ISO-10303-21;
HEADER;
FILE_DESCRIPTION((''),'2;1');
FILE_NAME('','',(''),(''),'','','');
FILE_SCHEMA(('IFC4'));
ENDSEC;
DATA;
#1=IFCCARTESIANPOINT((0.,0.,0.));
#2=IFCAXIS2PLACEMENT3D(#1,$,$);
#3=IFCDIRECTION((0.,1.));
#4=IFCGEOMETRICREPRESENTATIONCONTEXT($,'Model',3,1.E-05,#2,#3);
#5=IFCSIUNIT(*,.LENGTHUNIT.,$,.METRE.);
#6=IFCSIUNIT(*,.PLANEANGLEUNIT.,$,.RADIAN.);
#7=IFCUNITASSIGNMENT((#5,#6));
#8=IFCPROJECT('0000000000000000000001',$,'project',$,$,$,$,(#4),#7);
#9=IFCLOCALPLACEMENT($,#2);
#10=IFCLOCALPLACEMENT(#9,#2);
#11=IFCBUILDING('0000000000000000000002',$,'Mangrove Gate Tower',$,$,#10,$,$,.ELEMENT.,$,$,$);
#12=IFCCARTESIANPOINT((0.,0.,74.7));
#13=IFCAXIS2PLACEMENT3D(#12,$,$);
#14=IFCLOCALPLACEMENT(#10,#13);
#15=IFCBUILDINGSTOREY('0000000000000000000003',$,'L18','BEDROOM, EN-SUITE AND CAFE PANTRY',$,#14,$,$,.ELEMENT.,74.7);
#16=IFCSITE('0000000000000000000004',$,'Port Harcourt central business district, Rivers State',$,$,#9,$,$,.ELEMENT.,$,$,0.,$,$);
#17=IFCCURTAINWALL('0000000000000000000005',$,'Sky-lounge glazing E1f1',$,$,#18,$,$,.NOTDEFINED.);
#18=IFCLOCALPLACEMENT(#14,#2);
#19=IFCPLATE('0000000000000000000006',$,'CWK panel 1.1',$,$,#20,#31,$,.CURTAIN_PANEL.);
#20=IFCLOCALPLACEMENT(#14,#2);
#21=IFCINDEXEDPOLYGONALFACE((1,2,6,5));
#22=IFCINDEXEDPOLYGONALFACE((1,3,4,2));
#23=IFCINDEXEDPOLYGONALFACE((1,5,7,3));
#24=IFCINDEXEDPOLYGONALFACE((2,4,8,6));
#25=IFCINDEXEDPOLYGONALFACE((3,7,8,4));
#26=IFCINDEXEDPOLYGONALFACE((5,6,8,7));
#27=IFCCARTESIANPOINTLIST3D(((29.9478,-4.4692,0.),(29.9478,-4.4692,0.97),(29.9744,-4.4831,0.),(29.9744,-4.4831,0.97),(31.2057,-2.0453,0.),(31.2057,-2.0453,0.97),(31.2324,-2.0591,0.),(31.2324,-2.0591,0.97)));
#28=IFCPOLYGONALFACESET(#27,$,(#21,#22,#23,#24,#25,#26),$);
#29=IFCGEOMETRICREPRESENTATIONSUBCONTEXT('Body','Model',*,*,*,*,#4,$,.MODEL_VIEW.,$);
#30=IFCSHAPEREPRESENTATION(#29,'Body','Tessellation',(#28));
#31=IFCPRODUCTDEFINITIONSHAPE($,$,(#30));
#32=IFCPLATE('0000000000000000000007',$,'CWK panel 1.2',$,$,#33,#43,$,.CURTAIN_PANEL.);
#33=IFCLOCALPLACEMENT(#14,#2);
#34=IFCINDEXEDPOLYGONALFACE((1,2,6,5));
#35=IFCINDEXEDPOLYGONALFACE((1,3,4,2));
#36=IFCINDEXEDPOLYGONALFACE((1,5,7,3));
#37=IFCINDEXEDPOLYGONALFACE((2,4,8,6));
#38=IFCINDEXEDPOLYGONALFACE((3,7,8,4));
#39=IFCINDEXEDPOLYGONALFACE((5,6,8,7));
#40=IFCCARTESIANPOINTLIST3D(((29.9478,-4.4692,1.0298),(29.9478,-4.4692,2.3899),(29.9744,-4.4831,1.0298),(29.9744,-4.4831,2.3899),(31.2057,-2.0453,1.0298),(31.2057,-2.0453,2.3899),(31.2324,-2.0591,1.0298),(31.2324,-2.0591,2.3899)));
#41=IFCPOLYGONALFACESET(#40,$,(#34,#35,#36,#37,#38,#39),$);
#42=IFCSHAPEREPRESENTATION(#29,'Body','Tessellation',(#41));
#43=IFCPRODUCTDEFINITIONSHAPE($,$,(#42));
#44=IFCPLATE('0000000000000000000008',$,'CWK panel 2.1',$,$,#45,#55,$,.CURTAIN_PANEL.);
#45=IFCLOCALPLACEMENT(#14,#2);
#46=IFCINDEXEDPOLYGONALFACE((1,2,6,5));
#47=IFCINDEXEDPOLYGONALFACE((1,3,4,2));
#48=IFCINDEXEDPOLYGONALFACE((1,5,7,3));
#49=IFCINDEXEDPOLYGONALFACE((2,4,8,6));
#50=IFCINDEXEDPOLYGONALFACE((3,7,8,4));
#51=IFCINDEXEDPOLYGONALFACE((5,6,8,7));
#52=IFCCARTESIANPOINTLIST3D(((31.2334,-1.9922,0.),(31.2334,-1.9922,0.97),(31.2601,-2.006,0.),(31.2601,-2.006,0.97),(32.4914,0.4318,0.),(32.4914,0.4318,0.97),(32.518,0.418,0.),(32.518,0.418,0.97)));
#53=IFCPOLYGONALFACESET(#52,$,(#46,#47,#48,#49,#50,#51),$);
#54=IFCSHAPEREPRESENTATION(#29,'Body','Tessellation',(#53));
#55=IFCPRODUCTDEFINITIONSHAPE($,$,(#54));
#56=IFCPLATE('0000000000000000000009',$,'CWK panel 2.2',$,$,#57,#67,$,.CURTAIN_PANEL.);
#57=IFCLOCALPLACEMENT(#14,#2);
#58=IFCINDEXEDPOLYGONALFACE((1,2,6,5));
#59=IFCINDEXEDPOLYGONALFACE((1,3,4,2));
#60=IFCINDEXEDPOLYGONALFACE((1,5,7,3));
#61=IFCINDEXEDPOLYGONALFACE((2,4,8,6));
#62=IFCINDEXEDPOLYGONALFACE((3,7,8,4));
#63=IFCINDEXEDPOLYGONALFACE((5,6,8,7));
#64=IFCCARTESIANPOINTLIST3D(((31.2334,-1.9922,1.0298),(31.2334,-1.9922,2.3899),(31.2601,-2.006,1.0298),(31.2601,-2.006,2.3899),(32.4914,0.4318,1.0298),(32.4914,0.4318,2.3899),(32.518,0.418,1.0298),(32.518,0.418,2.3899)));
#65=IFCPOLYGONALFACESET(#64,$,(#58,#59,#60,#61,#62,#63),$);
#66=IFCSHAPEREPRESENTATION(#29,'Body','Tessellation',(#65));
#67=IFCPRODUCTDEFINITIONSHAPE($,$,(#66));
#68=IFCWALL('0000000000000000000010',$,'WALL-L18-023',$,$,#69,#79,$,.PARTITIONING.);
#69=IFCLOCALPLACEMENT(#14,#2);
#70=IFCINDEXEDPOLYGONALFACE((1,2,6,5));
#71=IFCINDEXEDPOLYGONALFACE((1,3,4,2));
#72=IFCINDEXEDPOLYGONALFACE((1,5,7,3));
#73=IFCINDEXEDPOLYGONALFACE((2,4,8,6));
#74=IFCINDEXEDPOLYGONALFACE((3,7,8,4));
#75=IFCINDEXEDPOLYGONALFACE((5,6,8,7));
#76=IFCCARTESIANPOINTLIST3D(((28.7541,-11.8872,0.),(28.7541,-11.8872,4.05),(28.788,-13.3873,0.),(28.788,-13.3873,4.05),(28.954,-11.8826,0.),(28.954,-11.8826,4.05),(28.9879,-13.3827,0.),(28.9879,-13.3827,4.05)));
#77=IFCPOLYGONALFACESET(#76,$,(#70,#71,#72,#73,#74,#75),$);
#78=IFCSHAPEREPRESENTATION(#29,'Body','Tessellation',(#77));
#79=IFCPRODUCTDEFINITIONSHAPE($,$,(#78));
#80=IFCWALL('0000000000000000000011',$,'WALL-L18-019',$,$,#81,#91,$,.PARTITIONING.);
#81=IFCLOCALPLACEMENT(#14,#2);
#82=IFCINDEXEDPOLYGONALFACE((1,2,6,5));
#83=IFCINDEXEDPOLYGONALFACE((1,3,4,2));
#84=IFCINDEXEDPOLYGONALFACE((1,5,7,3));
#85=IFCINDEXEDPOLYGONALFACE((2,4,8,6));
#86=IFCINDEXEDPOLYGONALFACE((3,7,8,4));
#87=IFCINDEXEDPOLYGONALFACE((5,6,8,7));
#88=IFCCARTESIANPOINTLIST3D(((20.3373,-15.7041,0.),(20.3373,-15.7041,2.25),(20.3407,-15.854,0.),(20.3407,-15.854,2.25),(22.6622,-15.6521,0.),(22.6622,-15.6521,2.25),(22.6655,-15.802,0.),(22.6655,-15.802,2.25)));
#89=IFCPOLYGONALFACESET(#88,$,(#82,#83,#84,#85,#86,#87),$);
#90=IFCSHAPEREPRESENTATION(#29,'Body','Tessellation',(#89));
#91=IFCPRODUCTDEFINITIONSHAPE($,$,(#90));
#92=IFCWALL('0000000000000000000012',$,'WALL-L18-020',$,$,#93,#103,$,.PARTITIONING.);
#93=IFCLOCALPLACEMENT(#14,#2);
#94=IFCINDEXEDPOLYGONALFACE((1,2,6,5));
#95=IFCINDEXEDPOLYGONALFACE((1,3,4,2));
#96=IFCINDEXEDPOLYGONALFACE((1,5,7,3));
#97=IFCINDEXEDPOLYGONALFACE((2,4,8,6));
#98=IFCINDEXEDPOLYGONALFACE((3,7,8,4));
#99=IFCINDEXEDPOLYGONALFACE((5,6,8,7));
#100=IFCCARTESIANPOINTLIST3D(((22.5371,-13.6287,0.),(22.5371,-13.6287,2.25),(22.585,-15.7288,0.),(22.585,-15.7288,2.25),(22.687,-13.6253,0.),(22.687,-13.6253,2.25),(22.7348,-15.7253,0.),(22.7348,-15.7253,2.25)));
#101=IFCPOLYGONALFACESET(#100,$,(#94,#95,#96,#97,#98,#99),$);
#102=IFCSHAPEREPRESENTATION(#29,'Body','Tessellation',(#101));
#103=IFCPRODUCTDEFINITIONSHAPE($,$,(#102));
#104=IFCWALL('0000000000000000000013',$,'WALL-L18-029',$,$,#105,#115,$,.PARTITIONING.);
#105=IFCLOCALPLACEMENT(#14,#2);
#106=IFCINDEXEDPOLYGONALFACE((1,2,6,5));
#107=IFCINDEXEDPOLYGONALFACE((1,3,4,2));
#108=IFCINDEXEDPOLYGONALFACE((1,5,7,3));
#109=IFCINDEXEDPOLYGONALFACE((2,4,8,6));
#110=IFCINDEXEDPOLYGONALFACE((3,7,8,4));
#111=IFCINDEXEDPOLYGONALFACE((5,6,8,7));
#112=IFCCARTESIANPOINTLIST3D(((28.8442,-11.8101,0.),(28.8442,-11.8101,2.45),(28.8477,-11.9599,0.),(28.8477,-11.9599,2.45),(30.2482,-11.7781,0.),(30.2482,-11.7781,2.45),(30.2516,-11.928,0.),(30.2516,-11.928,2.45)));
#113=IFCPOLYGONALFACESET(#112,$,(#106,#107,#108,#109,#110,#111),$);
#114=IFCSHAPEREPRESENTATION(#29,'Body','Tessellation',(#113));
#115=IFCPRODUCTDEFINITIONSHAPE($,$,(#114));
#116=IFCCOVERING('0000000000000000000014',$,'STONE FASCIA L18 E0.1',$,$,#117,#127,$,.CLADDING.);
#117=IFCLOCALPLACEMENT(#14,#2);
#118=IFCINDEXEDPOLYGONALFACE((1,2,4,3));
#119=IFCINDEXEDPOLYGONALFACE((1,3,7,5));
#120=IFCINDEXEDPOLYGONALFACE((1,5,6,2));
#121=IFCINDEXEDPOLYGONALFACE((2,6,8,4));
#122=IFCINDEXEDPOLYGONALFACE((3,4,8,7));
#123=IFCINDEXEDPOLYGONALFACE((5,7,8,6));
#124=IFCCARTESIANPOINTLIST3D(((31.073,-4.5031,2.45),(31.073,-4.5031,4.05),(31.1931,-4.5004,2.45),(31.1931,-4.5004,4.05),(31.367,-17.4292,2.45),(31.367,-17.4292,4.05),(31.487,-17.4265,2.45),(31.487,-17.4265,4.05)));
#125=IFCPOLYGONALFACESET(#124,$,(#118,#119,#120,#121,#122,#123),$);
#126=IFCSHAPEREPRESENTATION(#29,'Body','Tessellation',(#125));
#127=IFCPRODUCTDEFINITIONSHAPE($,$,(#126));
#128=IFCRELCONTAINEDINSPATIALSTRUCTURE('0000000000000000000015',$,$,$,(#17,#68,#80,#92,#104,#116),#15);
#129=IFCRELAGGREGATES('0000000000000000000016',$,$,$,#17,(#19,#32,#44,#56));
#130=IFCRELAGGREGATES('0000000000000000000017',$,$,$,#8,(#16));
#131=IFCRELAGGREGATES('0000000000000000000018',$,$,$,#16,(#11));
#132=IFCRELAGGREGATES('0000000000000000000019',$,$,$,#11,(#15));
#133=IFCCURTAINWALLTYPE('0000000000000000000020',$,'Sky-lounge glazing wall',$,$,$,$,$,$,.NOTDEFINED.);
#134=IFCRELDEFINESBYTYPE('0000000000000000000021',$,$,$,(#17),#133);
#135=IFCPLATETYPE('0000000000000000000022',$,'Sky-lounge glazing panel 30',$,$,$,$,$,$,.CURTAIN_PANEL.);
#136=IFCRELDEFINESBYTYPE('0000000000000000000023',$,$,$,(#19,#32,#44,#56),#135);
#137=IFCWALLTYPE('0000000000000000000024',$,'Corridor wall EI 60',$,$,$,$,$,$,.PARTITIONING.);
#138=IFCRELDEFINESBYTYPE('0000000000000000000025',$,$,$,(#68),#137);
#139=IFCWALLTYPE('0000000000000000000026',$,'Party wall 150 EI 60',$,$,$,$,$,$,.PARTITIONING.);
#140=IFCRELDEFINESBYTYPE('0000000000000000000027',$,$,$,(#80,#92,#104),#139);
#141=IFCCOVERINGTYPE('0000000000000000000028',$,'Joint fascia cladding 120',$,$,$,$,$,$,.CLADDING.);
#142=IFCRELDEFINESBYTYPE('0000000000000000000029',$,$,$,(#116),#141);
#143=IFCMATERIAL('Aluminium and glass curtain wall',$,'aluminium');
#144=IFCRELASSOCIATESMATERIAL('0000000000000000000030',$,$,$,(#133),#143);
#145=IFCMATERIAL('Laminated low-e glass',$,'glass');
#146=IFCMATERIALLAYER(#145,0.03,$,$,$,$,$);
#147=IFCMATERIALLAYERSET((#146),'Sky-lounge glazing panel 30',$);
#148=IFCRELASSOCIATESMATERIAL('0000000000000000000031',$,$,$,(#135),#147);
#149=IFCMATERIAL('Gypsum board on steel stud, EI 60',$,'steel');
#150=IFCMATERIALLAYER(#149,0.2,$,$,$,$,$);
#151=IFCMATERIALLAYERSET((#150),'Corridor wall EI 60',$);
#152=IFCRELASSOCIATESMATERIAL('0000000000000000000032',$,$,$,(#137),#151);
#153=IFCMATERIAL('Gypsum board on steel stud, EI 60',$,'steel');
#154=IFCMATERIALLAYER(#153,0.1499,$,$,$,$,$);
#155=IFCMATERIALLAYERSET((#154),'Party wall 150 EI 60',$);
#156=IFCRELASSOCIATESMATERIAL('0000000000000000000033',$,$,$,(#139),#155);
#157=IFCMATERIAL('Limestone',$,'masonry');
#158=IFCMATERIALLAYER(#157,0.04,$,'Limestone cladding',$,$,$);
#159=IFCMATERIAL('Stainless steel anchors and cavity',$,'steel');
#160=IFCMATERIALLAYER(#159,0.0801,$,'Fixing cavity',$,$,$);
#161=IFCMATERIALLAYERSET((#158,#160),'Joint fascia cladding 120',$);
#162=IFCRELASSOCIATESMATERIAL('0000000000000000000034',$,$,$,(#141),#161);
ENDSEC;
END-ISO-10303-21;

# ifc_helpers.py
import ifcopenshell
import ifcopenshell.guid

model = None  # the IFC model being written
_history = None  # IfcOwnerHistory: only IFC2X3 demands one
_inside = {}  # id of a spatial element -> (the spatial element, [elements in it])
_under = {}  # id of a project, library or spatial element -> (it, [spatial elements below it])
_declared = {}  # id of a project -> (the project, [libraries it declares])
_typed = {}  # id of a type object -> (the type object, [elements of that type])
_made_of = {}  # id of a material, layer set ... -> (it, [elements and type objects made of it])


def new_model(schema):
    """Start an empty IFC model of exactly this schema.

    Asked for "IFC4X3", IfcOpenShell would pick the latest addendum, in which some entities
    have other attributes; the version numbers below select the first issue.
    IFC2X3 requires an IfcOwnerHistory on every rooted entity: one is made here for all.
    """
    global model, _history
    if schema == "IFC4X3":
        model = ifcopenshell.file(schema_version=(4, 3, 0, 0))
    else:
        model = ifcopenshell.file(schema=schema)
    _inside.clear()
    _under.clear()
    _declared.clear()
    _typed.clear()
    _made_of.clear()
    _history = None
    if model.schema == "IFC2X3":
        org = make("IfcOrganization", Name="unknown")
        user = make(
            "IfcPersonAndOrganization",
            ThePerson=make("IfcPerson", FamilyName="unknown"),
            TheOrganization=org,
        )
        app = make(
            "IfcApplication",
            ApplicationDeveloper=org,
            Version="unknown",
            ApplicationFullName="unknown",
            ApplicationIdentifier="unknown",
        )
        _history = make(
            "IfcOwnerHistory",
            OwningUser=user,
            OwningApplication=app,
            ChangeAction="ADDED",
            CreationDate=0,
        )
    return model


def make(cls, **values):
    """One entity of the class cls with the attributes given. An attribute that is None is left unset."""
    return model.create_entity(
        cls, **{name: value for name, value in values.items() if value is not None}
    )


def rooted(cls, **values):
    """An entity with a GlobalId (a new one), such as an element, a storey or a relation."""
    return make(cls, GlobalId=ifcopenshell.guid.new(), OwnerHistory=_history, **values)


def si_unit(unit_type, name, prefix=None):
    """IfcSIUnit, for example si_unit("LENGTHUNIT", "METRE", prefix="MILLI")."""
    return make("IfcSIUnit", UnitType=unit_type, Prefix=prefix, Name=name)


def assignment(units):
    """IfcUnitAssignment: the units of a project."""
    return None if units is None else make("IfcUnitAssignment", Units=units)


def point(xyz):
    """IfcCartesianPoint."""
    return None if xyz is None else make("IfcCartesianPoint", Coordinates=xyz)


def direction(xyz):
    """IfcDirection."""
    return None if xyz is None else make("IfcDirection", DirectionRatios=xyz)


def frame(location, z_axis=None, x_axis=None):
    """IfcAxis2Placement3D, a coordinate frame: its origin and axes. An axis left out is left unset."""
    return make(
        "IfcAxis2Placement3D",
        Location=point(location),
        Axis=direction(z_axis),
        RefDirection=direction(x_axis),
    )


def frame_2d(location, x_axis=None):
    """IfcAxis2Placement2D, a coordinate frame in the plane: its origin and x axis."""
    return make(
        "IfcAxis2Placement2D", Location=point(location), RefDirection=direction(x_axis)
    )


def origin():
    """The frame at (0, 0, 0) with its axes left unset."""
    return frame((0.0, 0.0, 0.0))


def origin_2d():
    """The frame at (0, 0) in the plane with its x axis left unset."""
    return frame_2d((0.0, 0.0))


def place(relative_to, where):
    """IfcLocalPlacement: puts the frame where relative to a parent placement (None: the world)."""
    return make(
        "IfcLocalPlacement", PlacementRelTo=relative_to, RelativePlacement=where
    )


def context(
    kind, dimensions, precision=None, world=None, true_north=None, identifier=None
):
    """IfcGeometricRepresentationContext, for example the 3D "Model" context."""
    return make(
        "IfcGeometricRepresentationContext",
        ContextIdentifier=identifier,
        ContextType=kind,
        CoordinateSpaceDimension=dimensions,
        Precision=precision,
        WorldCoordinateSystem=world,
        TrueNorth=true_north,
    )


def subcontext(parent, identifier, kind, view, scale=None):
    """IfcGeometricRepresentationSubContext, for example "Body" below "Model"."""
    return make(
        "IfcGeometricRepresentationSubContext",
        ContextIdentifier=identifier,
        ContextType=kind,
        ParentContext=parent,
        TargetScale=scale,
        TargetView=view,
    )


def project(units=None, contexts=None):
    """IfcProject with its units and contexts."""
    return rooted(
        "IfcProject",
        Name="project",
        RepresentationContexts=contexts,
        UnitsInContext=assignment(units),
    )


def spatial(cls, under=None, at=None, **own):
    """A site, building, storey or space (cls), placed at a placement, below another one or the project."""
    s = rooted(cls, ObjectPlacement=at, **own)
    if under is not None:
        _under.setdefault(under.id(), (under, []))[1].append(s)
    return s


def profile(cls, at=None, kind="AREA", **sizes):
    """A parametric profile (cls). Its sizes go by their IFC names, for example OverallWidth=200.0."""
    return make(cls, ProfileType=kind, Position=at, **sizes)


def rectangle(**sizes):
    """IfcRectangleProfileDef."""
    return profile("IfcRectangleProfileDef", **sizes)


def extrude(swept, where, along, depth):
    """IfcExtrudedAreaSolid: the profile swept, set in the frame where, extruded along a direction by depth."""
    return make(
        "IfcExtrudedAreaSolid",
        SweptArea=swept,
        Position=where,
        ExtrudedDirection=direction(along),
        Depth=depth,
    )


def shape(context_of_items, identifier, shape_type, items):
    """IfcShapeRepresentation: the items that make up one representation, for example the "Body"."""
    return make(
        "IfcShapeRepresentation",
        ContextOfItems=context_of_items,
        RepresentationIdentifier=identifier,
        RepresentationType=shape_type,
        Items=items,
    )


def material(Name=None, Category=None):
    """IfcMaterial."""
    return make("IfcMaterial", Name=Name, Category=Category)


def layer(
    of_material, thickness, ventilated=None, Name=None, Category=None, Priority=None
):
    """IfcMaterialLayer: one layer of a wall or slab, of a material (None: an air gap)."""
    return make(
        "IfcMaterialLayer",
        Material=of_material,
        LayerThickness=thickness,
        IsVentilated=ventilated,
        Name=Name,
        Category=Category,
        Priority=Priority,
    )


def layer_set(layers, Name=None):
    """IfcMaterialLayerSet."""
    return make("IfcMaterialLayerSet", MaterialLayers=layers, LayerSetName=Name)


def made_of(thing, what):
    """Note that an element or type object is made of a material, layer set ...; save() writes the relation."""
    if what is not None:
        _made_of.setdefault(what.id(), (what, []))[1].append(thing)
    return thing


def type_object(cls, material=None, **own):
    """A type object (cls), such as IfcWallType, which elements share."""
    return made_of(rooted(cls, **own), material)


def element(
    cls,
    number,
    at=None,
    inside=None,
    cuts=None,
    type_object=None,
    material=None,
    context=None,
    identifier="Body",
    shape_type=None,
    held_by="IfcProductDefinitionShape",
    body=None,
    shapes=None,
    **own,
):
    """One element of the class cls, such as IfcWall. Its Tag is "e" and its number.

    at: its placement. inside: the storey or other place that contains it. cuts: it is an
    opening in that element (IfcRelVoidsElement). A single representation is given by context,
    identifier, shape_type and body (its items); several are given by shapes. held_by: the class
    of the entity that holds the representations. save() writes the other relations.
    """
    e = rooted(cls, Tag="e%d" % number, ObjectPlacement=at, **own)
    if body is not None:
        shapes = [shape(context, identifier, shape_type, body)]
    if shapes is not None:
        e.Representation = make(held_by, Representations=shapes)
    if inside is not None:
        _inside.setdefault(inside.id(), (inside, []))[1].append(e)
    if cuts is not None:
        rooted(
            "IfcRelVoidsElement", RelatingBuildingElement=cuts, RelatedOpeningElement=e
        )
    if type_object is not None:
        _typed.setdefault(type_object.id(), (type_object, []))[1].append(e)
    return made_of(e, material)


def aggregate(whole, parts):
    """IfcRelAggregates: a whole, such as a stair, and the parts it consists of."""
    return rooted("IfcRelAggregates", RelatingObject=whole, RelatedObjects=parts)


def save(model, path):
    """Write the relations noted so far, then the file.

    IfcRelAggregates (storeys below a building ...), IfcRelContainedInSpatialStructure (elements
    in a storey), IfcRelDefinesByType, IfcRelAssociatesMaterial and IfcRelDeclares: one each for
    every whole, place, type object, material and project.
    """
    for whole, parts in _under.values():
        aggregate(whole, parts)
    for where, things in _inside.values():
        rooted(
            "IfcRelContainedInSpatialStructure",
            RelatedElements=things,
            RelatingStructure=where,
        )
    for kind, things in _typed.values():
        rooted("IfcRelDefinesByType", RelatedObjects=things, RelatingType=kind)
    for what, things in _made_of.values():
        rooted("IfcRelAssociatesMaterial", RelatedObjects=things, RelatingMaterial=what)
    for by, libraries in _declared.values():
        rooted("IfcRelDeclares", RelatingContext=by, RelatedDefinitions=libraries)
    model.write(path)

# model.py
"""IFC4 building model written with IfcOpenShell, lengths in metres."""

from ifc_helpers import new_model, si_unit, direction, frame, frame_2d, origin, origin_2d, place, context, subcontext, project, spatial, rectangle, extrude, material, layer, layer_set, type_object, element, aggregate, save


model = new_model("IFC4")

# Units and contexts
model_context = context("Model", 3, precision=1e-05, world=origin(), true_north=direction((0.0, 1.0)))
body_context = subcontext(model_context, "Body", "Model", "MODEL_VIEW")
ifc_project = project(units=[si_unit("LENGTHUNIT", "METRE"), si_unit("PLANEANGLEUNIT", "RADIAN")], contexts=[model_context])

# Site, building, storey
site_placement = place(None, origin())
site = spatial("IfcSite", under=ifc_project, at=site_placement, Name="Port Harcourt central business district, Rivers State", CompositionType="ELEMENT", RefElevation=0.0)
building_placement = place(site_placement, origin())
building = spatial("IfcBuilding", under=site, at=building_placement, Name="Mangrove Gate Tower", CompositionType="ELEMENT")
storey_placement = place(building_placement, frame((0.0, 0.0, 74.7)))
storey = spatial("IfcBuildingStorey", under=building, at=storey_placement, Name="L18", Description="BEDROOM, EN-SUITE AND CAFE PANTRY", CompositionType="ELEMENT", Elevation=74.7)

# Curtain wall
ifc_material_1 = material(Name="Aluminium and glass curtain wall", Category="aluminium")
curtain_wall_type = type_object("IfcCurtainWallType", Name="Sky-lounge glazing wall", PredefinedType="NOTDEFINED", material=ifc_material_1)
curtain_wall_placement = place(storey_placement, origin())
curtain_wall = element("IfcCurtainWall", 1, at=curtain_wall_placement, inside=storey, type_object=curtain_wall_type, Name="Sky-lounge glazing E1f1", PredefinedType="NOTDEFINED")

# Plates
ifc_material_2 = material(Name="Laminated low-e glass", Category="glass")
ifc_layer_1 = layer(ifc_material_2, 0.03)
ifc_layer_set_1 = layer_set([ifc_layer_1], Name="Sky-lounge glazing panel 30")
plate_type = type_object("IfcPlateType", Name="Sky-lounge glazing panel 30", PredefinedType="CURTAIN_PANEL", material=ifc_layer_set_1)
plate_1_placement = place(storey_placement, frame((30.5901, -3.2642, 0.0), z_axis=(0.0, 0.0, 1.0), x_axis=(0.460628, 0.887593, 0.0)))
plate_1 = element("IfcPlate", 2, at=plate_1_placement, type_object=plate_type, Name="CWK panel 1.1", PredefinedType="CURTAIN_PANEL", context=body_context, shape_type="SweptSolid", body=[
    extrude(rectangle(XDim=2.731, YDim=0.03, at=origin_2d()), origin(), (0.0, 0.0, 1.0), 0.97),
])
plate_2_placement = place(storey_placement, frame((30.5901, -3.2642, 1.0298), z_axis=(0.0, 0.0, 1.0), x_axis=(0.460628, 0.887593, 0.0)))
plate_2 = element("IfcPlate", 3, at=plate_2_placement, type_object=plate_type, Name="CWK panel 1.2", PredefinedType="CURTAIN_PANEL", context=body_context, shape_type="SweptSolid", body=[
    extrude(rectangle(XDim=2.731, YDim=0.03, at=origin_2d()), origin(), (0.0, 0.0, 1.0), 1.3601),
])
plate_3_placement = place(storey_placement, frame((31.8757, -0.7871, 0.0), z_axis=(0.0, 0.0, 1.0), x_axis=(0.460628, 0.887593, 0.0)))
plate_3 = element("IfcPlate", 4, at=plate_3_placement, type_object=plate_type, Name="CWK panel 2.1", PredefinedType="CURTAIN_PANEL", context=body_context, shape_type="SweptSolid", body=[
    extrude(rectangle(XDim=2.731, YDim=0.03, at=origin_2d()), origin(), (0.0, 0.0, 1.0), 0.97),
])
plate_4_placement = place(storey_placement, frame((31.8757, -0.7871, 1.0298), z_axis=(0.0, 0.0, 1.0), x_axis=(0.460628, 0.887593, 0.0)))
plate_4 = element("IfcPlate", 5, at=plate_4_placement, type_object=plate_type, Name="CWK panel 2.2", PredefinedType="CURTAIN_PANEL", context=body_context, shape_type="SweptSolid", body=[
    extrude(rectangle(XDim=2.731, YDim=0.03, at=origin_2d()), origin(), (0.0, 0.0, 1.0), 1.3601),
])
aggregate(curtain_wall, [plate_1, plate_2, plate_3, plate_4])

# Wall
ifc_material_3 = material(Name="Gypsum board on steel stud, EI 60", Category="steel")
ifc_layer_2 = layer(ifc_material_3, 0.2)
ifc_layer_set_2 = layer_set([ifc_layer_2], Name="Corridor wall EI 60")
wall_type_1 = type_object("IfcWallType", Name="Corridor wall EI 60", PredefinedType="PARTITIONING", material=ifc_layer_set_2)
wall_1_placement = place(storey_placement, frame((28.8879, -13.385, 0.0), z_axis=(0.0, 0.0, 1.0), x_axis=(-0.022618, 0.999744, 0.0)))
element("IfcWall", 6, at=wall_1_placement, inside=storey, type_object=wall_type_1, Name="WALL-L18-023", PredefinedType="PARTITIONING", context=body_context, shape_type="SweptSolid", body=[
    extrude(rectangle(XDim=1.5005, YDim=0.2, at=frame_2d((0.7502, 0.0))), origin(), (0.0, 0.0, 1.0), 4.05),
])

# Shared definitions
ifc_material_4 = material(Name="Limestone", Category="masonry")

# Walls
ifc_material_5 = material(Name="Gypsum board on steel stud, EI 60", Category="steel")
ifc_layer_3 = layer(ifc_material_5, 0.1499)
ifc_layer_set_3 = layer_set([ifc_layer_3], Name="Party wall 150 EI 60")
wall_type_2 = type_object("IfcWallType", Name="Party wall 150 EI 60", PredefinedType="PARTITIONING", material=ifc_layer_set_3)
wall_2_placement = place(storey_placement, frame((20.3391, -15.7791, 0.0), z_axis=(0.0, 0.0, 1.0), x_axis=(0.99975, 0.022361, 0.0)))
element("IfcWall", 7, at=wall_2_placement, inside=storey, type_object=wall_type_2, Name="WALL-L18-019", PredefinedType="PARTITIONING", context=body_context, shape_type="SweptSolid", body=[
    extrude(rectangle(XDim=2.3254, YDim=0.1499, at=frame_2d((1.1626, 0.0))), origin(), (0.0, 0.0, 1.0), 2.25),
])
wall_3_placement = place(storey_placement, frame((22.6599, -15.7271, 0.0), z_axis=(0.0, 0.0, 1.0), x_axis=(-0.022779, 0.999741, 0.0)))
element("IfcWall", 8, at=wall_3_placement, inside=storey, type_object=wall_type_2, Name="WALL-L18-020", PredefinedType="PARTITIONING", context=body_context, shape_type="SweptSolid", body=[
    extrude(rectangle(XDim=2.1006, YDim=0.1499, at=frame_2d((1.0503, 0.0))), origin(), (0.0, 0.0, 1.0), 2.25),
])
wall_4_placement = place(storey_placement, frame((28.8459, -11.885, 0.0), z_axis=(0.0, 0.0, 1.0), x_axis=(0.999741, 0.022773, 0.0)))
element("IfcWall", 9, at=wall_4_placement, inside=storey, type_object=wall_type_2, Name="WALL-L18-029", PredefinedType="PARTITIONING", context=body_context, shape_type="SweptSolid", body=[
    extrude(rectangle(XDim=1.4043, YDim=0.1499, at=frame_2d((0.7021, 0.0))), origin(), (0.0, 0.0, 1.0), 2.45),
])

# Covering
ifc_layer_4 = layer(ifc_material_4, 0.04, Name="Limestone cladding")
ifc_material_6 = material(Name="Stainless steel anchors and cavity", Category="steel")
ifc_layer_5 = layer(ifc_material_6, 0.0801, Name="Fixing cavity")
ifc_layer_set_4 = layer_set([ifc_layer_4, ifc_layer_5], Name="Joint fascia cladding 120")
covering_type = type_object("IfcCoveringType", Name="Joint fascia cladding 120", PredefinedType="CLADDING", material=ifc_layer_set_4)
covering_placement = place(storey_placement, frame((31.427, -17.428, 2.45), z_axis=(0.0, 0.0, 1.0), x_axis=(-0.022735, 0.999742, 0.0)))
element("IfcCovering", 10, at=covering_placement, inside=storey, type_object=covering_type, Name="STONE FASCIA L18 E0.1", PredefinedType="CLADDING", context=body_context, shape_type="SweptSolid", body=[
    extrude(rectangle(XDim=12.9294, YDim=0.1201, at=frame_2d((6.4648, 0.0))), origin(), (0.0, 0.0, 1.0), 1.6001),
])

save(model, "model.ifc")
